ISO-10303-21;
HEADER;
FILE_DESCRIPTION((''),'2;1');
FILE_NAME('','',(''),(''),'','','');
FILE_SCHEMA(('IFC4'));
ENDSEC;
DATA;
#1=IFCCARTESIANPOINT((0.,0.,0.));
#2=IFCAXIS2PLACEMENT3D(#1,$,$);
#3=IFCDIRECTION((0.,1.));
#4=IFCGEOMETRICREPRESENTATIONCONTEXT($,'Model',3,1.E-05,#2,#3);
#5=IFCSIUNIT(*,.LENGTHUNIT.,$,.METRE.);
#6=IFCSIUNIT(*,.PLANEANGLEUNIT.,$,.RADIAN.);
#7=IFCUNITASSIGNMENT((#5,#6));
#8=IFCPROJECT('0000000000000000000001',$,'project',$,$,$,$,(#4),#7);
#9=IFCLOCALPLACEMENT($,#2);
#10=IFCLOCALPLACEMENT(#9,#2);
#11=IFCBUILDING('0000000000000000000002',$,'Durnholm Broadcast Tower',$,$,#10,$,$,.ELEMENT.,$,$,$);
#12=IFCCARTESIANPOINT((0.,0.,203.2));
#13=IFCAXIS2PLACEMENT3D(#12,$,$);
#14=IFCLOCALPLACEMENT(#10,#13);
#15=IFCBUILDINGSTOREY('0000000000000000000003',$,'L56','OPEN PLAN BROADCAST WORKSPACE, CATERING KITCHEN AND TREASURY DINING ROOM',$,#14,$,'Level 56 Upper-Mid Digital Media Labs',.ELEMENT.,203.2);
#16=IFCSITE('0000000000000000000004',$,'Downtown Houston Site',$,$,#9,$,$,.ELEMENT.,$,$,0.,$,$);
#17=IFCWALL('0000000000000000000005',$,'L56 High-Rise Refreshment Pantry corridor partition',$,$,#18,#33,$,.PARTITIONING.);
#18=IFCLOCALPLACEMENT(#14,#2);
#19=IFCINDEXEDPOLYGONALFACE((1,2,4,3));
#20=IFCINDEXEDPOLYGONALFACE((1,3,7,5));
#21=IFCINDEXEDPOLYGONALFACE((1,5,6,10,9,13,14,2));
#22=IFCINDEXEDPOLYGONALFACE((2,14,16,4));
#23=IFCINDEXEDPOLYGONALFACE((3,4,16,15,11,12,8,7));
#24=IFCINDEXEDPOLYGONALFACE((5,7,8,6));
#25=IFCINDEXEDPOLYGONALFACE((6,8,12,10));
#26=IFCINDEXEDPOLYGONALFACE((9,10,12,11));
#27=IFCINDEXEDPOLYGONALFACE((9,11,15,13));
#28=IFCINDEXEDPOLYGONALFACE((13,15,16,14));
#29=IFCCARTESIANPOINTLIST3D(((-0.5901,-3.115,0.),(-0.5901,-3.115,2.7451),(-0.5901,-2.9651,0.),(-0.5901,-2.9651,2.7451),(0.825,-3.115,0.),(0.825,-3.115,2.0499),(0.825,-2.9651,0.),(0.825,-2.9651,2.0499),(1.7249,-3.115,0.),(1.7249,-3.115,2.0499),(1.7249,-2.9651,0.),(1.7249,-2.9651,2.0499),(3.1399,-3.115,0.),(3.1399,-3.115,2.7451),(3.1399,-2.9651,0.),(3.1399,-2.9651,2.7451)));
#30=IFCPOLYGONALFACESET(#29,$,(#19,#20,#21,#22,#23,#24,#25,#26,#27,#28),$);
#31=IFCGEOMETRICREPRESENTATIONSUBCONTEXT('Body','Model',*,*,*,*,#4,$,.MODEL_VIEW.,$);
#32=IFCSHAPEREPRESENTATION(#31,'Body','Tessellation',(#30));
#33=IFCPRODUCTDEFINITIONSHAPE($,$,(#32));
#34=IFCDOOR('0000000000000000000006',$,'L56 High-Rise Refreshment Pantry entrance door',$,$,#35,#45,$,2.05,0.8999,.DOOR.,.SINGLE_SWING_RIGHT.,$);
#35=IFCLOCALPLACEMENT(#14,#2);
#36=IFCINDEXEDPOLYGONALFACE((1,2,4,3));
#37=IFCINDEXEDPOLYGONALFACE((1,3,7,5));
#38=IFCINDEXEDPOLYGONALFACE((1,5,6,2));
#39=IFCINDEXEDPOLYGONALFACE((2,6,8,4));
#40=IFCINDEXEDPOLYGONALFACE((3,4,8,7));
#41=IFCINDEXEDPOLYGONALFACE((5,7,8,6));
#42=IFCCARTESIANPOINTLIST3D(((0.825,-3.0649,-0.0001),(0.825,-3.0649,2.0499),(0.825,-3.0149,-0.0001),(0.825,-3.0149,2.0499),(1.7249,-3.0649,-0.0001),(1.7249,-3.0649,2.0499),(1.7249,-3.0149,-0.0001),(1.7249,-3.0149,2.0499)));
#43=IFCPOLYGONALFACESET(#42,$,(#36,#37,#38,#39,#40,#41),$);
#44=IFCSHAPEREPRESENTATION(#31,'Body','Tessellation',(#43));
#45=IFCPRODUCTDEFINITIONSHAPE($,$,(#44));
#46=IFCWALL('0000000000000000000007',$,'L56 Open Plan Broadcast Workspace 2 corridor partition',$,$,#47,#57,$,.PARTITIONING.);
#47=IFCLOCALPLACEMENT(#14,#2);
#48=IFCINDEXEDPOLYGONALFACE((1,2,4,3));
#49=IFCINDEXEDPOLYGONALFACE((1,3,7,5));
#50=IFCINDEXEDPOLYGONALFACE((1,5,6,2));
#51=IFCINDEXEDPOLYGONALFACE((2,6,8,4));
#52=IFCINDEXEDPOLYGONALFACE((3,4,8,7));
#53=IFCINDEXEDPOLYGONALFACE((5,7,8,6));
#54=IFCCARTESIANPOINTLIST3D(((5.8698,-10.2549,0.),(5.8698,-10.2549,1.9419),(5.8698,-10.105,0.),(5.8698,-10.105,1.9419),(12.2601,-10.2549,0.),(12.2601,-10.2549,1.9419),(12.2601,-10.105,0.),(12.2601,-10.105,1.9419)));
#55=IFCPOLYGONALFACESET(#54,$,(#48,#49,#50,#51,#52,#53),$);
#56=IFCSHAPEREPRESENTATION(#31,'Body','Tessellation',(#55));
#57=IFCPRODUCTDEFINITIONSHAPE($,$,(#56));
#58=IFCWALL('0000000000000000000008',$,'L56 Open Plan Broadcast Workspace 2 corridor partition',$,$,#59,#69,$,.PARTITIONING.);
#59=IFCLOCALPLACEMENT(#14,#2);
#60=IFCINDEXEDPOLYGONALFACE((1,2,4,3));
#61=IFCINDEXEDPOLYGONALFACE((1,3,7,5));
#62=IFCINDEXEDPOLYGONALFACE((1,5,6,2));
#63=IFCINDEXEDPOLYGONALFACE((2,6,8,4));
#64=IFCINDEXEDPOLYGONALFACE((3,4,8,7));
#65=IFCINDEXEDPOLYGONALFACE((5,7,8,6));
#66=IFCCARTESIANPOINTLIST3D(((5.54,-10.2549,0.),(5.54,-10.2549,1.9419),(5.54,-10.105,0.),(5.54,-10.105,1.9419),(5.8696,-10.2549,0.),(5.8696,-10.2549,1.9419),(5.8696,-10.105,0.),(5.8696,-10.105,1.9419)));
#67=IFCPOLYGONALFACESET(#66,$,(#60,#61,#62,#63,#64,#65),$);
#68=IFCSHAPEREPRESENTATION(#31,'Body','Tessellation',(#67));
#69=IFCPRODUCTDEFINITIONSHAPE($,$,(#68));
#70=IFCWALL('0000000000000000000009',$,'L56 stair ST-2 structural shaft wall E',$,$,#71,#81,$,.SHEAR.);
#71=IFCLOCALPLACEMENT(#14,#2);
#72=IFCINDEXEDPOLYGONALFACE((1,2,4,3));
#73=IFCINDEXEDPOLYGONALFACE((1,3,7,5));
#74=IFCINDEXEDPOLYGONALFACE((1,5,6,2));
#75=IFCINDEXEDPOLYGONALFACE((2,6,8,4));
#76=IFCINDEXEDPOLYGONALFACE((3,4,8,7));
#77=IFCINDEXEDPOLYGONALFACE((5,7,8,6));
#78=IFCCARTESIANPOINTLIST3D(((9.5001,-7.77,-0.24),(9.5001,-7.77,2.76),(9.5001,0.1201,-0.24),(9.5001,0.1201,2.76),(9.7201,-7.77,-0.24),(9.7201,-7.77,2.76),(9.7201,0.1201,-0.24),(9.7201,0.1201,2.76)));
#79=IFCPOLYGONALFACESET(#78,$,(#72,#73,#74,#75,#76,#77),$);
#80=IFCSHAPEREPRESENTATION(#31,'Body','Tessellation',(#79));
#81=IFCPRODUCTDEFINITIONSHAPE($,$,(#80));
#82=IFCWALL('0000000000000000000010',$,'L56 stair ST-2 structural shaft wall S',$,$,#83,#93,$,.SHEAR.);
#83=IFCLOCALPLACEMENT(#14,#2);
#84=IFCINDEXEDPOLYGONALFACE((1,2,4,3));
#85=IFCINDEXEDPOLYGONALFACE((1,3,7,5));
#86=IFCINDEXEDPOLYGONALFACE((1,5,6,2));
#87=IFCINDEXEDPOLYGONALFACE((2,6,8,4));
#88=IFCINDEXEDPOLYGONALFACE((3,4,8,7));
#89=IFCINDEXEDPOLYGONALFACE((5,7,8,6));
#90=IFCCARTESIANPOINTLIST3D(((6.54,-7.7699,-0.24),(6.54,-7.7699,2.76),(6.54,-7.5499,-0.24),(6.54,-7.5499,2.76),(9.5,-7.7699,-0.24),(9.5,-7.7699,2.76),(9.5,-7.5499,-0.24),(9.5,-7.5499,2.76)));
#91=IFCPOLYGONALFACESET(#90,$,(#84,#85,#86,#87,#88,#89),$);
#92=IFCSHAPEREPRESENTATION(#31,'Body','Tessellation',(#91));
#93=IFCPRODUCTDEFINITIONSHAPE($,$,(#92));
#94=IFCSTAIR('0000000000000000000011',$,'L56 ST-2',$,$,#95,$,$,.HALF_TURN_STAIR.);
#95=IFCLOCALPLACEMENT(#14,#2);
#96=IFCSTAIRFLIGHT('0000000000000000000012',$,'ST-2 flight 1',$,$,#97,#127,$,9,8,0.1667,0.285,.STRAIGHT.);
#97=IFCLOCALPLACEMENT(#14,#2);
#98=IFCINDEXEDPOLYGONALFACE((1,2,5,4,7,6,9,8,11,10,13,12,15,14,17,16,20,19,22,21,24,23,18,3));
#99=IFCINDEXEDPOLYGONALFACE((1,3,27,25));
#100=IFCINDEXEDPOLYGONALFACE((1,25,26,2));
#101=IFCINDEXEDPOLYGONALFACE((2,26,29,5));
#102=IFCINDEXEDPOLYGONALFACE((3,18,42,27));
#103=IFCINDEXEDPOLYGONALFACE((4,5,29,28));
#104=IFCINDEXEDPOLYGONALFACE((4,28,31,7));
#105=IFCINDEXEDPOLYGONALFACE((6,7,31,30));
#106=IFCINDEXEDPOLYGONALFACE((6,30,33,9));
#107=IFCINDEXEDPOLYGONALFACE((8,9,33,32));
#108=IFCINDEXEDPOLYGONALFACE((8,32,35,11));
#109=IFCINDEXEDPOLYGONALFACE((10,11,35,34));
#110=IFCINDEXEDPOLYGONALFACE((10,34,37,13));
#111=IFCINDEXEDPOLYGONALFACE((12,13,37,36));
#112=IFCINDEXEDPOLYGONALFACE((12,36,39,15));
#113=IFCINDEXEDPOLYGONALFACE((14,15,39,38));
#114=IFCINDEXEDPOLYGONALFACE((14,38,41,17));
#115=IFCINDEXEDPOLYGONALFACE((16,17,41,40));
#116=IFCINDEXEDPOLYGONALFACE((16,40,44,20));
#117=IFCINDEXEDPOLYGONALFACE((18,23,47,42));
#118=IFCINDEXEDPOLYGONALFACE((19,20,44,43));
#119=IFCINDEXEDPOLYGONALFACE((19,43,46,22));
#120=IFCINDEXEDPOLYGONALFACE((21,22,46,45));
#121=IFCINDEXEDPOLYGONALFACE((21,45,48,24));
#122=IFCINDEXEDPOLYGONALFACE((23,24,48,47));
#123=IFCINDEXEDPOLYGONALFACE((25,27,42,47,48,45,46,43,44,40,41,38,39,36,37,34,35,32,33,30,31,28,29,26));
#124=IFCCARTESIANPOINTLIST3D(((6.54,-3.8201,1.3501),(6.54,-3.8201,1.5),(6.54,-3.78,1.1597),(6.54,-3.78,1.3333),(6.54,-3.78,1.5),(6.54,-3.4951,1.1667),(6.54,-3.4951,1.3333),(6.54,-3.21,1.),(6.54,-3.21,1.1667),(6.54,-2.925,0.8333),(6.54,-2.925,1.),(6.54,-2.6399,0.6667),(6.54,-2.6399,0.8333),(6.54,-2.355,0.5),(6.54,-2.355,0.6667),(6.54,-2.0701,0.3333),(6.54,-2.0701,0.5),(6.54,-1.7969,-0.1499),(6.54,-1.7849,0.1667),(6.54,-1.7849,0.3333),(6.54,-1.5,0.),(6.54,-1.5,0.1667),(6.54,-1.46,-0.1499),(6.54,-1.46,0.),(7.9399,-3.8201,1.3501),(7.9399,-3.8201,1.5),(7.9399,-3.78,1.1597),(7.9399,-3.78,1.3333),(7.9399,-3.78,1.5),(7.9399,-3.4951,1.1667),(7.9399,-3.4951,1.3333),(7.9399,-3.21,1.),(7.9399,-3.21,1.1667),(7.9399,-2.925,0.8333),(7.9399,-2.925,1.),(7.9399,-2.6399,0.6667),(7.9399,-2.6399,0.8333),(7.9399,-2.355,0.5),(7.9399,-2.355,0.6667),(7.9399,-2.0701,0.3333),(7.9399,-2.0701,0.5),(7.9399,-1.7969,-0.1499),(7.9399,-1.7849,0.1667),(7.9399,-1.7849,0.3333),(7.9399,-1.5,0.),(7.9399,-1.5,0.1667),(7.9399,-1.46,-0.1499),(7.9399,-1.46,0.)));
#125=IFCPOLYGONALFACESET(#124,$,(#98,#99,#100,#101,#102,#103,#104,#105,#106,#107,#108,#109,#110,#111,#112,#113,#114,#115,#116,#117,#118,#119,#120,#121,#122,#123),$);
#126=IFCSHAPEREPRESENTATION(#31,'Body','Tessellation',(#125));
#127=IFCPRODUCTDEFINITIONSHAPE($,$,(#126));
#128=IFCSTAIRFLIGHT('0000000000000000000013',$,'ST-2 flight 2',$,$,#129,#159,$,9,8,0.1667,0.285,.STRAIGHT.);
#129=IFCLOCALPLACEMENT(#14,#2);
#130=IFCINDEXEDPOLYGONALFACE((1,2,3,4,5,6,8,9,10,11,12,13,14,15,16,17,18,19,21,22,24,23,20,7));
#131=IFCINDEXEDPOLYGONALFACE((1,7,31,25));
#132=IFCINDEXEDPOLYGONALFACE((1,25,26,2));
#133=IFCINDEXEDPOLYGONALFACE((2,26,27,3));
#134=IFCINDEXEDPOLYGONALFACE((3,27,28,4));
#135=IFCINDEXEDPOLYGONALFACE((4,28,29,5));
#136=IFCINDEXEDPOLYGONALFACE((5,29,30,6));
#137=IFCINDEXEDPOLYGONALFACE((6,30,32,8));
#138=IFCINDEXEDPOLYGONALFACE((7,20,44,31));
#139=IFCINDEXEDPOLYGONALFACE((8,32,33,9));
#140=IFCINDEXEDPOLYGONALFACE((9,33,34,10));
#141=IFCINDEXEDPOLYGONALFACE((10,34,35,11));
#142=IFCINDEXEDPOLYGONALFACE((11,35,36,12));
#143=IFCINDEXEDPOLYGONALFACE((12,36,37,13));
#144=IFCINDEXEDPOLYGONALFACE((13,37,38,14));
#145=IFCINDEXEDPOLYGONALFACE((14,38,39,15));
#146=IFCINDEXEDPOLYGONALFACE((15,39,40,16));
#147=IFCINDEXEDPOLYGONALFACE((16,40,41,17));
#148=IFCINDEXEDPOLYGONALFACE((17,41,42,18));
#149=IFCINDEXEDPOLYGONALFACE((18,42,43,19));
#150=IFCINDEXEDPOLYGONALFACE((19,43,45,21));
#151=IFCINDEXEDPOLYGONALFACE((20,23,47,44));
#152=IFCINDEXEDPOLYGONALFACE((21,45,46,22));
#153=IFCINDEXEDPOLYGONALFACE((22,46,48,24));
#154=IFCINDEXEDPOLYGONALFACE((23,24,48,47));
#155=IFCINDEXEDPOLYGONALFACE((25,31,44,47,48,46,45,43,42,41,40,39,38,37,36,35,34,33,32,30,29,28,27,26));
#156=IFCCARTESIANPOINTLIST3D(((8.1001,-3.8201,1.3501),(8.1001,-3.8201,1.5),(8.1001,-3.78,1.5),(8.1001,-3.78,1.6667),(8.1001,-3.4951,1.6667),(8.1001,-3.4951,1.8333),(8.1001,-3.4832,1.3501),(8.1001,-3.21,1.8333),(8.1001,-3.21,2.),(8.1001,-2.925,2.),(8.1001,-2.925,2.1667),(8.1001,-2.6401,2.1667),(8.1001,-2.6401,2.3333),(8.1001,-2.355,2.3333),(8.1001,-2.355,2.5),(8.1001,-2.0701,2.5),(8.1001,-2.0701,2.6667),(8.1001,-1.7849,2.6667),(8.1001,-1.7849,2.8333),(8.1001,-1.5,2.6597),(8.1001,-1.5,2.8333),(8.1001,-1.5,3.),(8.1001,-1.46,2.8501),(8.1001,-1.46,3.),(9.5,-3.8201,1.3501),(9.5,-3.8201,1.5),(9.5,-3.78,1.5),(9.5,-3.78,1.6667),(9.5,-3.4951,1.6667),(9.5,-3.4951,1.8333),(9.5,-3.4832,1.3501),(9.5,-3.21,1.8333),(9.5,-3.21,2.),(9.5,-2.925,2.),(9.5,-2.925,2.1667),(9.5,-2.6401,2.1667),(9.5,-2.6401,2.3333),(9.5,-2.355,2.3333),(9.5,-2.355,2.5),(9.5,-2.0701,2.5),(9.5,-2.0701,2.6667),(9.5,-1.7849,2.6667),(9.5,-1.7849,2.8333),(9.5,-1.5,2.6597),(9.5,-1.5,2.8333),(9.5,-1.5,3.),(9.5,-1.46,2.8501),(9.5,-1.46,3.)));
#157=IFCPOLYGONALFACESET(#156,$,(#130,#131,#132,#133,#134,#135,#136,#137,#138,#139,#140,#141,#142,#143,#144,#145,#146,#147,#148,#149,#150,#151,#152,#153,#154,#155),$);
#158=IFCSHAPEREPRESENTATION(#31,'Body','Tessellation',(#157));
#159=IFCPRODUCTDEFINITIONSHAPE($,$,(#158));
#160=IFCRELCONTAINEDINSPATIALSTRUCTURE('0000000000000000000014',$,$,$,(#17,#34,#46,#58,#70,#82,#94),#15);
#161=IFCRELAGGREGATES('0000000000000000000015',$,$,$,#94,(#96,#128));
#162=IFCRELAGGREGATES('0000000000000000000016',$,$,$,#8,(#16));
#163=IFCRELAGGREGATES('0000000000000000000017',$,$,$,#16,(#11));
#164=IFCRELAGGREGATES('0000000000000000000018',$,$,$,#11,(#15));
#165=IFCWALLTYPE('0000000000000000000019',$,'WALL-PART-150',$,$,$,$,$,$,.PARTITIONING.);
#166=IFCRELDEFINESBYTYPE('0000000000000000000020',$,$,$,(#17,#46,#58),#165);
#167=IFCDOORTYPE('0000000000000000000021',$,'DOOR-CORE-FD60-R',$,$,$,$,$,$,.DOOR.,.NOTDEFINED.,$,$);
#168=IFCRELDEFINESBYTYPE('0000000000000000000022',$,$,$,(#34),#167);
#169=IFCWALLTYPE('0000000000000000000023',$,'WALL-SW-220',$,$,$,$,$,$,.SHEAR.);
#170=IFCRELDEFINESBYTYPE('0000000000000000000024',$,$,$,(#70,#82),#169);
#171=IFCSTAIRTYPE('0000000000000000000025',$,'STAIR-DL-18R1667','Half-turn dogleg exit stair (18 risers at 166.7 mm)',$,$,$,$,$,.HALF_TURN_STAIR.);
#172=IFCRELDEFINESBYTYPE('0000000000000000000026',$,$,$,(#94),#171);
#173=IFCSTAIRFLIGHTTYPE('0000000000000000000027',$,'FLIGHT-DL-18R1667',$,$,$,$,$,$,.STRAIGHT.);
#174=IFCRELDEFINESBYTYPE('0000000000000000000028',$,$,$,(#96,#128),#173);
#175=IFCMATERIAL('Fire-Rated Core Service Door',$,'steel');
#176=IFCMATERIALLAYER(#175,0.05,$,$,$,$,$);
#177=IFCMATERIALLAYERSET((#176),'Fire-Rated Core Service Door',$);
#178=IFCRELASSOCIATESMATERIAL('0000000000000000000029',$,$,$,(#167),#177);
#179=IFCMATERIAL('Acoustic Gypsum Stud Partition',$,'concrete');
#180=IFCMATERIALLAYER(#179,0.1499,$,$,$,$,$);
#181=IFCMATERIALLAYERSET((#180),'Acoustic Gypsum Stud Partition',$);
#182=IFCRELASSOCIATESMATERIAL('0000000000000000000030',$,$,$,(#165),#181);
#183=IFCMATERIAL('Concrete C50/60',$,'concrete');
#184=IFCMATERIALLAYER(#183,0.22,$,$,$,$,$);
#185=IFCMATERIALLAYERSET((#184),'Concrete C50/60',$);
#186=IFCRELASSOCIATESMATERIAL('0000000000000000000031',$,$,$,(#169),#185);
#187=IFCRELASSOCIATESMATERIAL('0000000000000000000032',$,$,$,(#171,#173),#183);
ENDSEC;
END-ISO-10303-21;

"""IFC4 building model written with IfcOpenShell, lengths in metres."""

from ifc_helpers import new_model, si_unit, direction, frame, frame_2d, origin, place, context, subcontext, project, spatial, polyline, rectangle, outline, extrude, source, transform, mapped, material, layer, layer_set, type_object, type_shapes, element, fill, aggregate, save


model = new_model("IFC4")

# Units and contexts
model_context = context("Model", 3, precision=1e-05, world=origin(), true_north=direction((0.0, 1.0)))
body_context = subcontext(model_context, "Body", "Model", "MODEL_VIEW")
ifc_project = project(units=[si_unit("LENGTHUNIT", "METRE"), si_unit("PLANEANGLEUNIT", "RADIAN")], contexts=[model_context])

# Site, building, storey
site_placement = place(None, origin())
site = spatial("IfcSite", under=ifc_project, at=site_placement, Name="Downtown Houston Site", CompositionType="ELEMENT", RefElevation=0.0)
building_placement = place(site_placement, origin())
building = spatial("IfcBuilding", under=site, at=building_placement, Name="Durnholm Broadcast Tower", CompositionType="ELEMENT")
storey_placement = place(building_placement, frame((0.0, 0.0, 203.2)))
storey = spatial("IfcBuildingStorey", under=building, at=storey_placement, Name="L56", Description="OPEN PLAN BROADCAST WORKSPACE, CATERING KITCHEN AND TREASURY DINING ROOM", LongName="Level 56 Upper-Mid Digital Media Labs", CompositionType="ELEMENT", Elevation=203.2)

# Wall, opening, door
ifc_material_1 = material(Name="Fire-Rated Core Service Door", Category="steel")
ifc_layer_1 = layer(ifc_material_1, 0.05)
ifc_layer_set_1 = layer_set([ifc_layer_1], Name="Fire-Rated Core Service Door")
door_type = type_object("IfcDoorType", Name="DOOR-CORE-FD60-R", OperationType="NOTDEFINED", PredefinedType="DOOR", material=ifc_layer_set_1)
shared_shape_1 = source(origin(), body_context, "Body", "SweptSolid", [
    extrude(rectangle(XDim=0.8999, YDim=2.05, at=frame_2d((0.45, 1.0249))), frame((0.0, 0.0249, 0.0), z_axis=(0.0, -1.0, 0.0), x_axis=(1.0, 0.0, 0.0)), (0.0, 0.0, 1.0), 0.05),
])
type_shapes(door_type, [shared_shape_1])
ifc_material_2 = material(Name="Acoustic Gypsum Stud Partition", Category="concrete")
ifc_layer_2 = layer(ifc_material_2, 0.1499)
ifc_layer_set_2 = layer_set([ifc_layer_2], Name="Acoustic Gypsum Stud Partition")
wall_type_1 = type_object("IfcWallType", Name="WALL-PART-150", PredefinedType="PARTITIONING", material=ifc_layer_set_2)
wall_1_placement = place(storey_placement, frame((3.1399, -3.04, 0.0), z_axis=(0.0, 0.0, 1.0), x_axis=(-1.0, 0.0, 0.0)))
wall_1 = element("IfcWall", 1, at=wall_1_placement, inside=storey, type_object=wall_type_1, Name="L56 High-Rise Refreshment Pantry corridor partition", PredefinedType="PARTITIONING", context=body_context, shape_type="SweptSolid", body=[
    extrude(rectangle(XDim=3.73, YDim=0.1499, at=frame_2d((1.865, 0.0))), origin(), (0.0, 0.0, 1.0), 2.7451),
])
opening_1_placement = place(wall_1_placement, frame((1.415, 0.0, 0.0)))
opening_1 = element("IfcOpeningElement", 2, at=opening_1_placement, cuts=wall_1, PredefinedType="OPENING", context=body_context, shape_type="SweptSolid", body=[
    extrude(rectangle(XDim=0.8999, YDim=2.05, at=frame_2d((0.45, 1.0249))), frame((0.0, 0.085, 0.0), z_axis=(0.0, -1.0, 0.0), x_axis=(1.0, 0.0, 0.0)), (0.0, 0.0, 1.0), 0.1699),
])
door_1_placement = place(opening_1_placement, origin())
door_1 = element("IfcDoor", 3, at=door_1_placement, inside=storey, type_object=door_type, Name="L56 High-Rise Refreshment Pantry entrance door", OperationType="SINGLE_SWING_RIGHT", OverallHeight=2.05, OverallWidth=0.8999, PredefinedType="DOOR", context=body_context, shape_type="MappedRepresentation", body=[
    mapped(shared_shape_1, transform((0.0, 0.0, 0.0), x_axis=(1.0, 0.0, 0.0), y_axis=(0.0, 1.0, 0.0), z_axis=(0.0, 0.0, 1.0), scale=1.0)),
])
fill(opening_1, door_1)

# Walls
wall_2_placement = place(storey_placement, frame((5.8696, -10.1799, 0.0), z_axis=(0.0, 0.0, 1.0), x_axis=(1.0, 0.0, 0.0)))
element("IfcWall", 4, at=wall_2_placement, inside=storey, type_object=wall_type_1, Name="L56 Open Plan Broadcast Workspace 2 corridor partition", PredefinedType="PARTITIONING", context=body_context, shape_type="SweptSolid", body=[
    extrude(rectangle(XDim=6.3904, YDim=0.1499, at=frame_2d((3.1953, 0.0))), origin(), (0.0, 0.0, 1.0), 1.9419),
])
wall_3_placement = place(storey_placement, frame((5.54, -10.1799, 0.0), z_axis=(0.0, 0.0, 1.0), x_axis=(1.0, 0.0, 0.0)))
element("IfcWall", 5, at=wall_3_placement, inside=storey, type_object=wall_type_1, Name="L56 Open Plan Broadcast Workspace 2 corridor partition", PredefinedType="PARTITIONING", context=body_context, shape_type="SweptSolid", body=[
    extrude(rectangle(XDim=0.3296, YDim=0.1499, at=frame_2d((0.1648, 0.0))), origin(), (0.0, 0.0, 1.0), 1.9419),
])
ifc_material_3 = material(Name="Concrete C50/60", Category="concrete")
ifc_layer_3 = layer(ifc_material_3, 0.22)
ifc_layer_set_3 = layer_set([ifc_layer_3], Name="Concrete C50/60")
wall_type_2 = type_object("IfcWallType", Name="WALL-SW-220", PredefinedType="SHEAR", material=ifc_layer_set_3)
wall_4_placement = place(storey_placement, frame((9.6101, -7.77, -0.24), z_axis=(0.0, 0.0, 1.0), x_axis=(0.0, 1.0, 0.0)))
element("IfcWall", 6, at=wall_4_placement, inside=storey, type_object=wall_type_2, Name="L56 stair ST-2 structural shaft wall E", PredefinedType="SHEAR", context=body_context, shape_type="SweptSolid", body=[
    extrude(rectangle(XDim=7.8901, YDim=0.22, at=frame_2d((3.9451, 0.0))), origin(), (0.0, 0.0, 1.0), 3.0),
])
wall_5_placement = place(storey_placement, frame((6.54, -7.6599, -0.24), z_axis=(0.0, 0.0, 1.0), x_axis=(1.0, 0.0, 0.0)))
element("IfcWall", 7, at=wall_5_placement, inside=storey, type_object=wall_type_2, Name="L56 stair ST-2 structural shaft wall S", PredefinedType="SHEAR", context=body_context, shape_type="SweptSolid", body=[
    extrude(rectangle(XDim=2.96, YDim=0.22, at=frame_2d((1.48, 0.0))), origin(), (0.0, 0.0, 1.0), 3.0),
])

# Stair, stair flights
stair_type = type_object("IfcStairType", Name="STAIR-DL-18R1667", Description="Half-turn dogleg exit stair (18 risers at 166.7 mm)", PredefinedType="HALF_TURN_STAIR", material=ifc_material_3)
stair_placement = place(storey_placement, origin())
stair = element("IfcStair", 8, at=stair_placement, inside=storey, type_object=stair_type, Name="L56 ST-2", PredefinedType="HALF_TURN_STAIR")
stair_flight_type = type_object("IfcStairFlightType", Name="FLIGHT-DL-18R1667", PredefinedType="STRAIGHT", material=ifc_material_3)
stair_flight_1_placement = place(storey_placement, frame((7.24, -1.5, 0.0), z_axis=(0.0, 0.0, 1.0), x_axis=(0.0, -1.0, 0.0)))
stair_flight_1 = element("IfcStairFlight", 9, at=stair_flight_1_placement, type_object=stair_flight_type, Name="ST-2 flight 1", NumberOfRisers=9, NumberOfTreads=8, PredefinedType="STRAIGHT", RiserHeight=0.1667, TreadLength=0.285, context=body_context, shape_type="SweptSolid", body=[
    extrude(outline(polyline([(-0.04, -0.1499), (-0.04, 0.0), (0.0, 0.0), (0.0, 0.1667), (0.2849, 0.1667), (0.2849, 0.3333), (0.5701, 0.3333), (0.5701, 0.5), (0.855, 0.5), (0.855, 0.6667), (1.1399, 0.6667), (1.1399, 0.8333), (1.425, 0.8333), (1.425, 1.0), (1.71, 1.0), (1.71, 1.1667), (1.9951, 1.1667), (1.9951, 1.3333), (2.28, 1.3333), (2.28, 1.5), (2.3201, 1.5), (2.3201, 1.3501), (2.28, 1.1597), (0.2969, -0.1499), (-0.04, -0.1499)])), frame((0.0, 0.7, 0.0), z_axis=(0.0, -1.0, 0.0), x_axis=(1.0, 0.0, 0.0)), (0.0, 0.0, 1.0), 1.3999),
])
stair_flight_2_placement = place(storey_placement, frame((8.8, -3.78, 1.5), z_axis=(0.0, 0.0, 1.0), x_axis=(0.0, 1.0, 0.0)))
stair_flight_2 = element("IfcStairFlight", 10, at=stair_flight_2_placement, type_object=stair_flight_type, Name="ST-2 flight 2", NumberOfRisers=9, NumberOfTreads=8, PredefinedType="STRAIGHT", RiserHeight=0.1667, TreadLength=0.285, context=body_context, shape_type="SweptSolid", body=[
    extrude(outline(polyline([(-0.04, -0.1499), (-0.04, 0.0), (0.0, 0.0), (0.0, 0.1667), (0.2849, 0.1667), (0.2849, 0.3333), (0.5701, 0.3333), (0.5701, 0.5), (0.855, 0.5), (0.855, 0.6667), (1.1399, 0.6667), (1.1399, 0.8333), (1.425, 0.8333), (1.425, 1.0), (1.71, 1.0), (1.71, 1.1667), (1.9951, 1.1667), (1.9951, 1.3333), (2.28, 1.3333), (2.28, 1.5), (2.3201, 1.5), (2.3201, 1.3501), (2.28, 1.1597), (0.2969, -0.1499), (-0.04, -0.1499)])), frame((0.0, 0.7, 0.0), z_axis=(0.0, -1.0, 0.0), x_axis=(1.0, 0.0, 0.0)), (0.0, 0.0, 1.0), 1.3999),
])
aggregate(stair, [stair_flight_1, stair_flight_2])

save(model, "model.ifc")
